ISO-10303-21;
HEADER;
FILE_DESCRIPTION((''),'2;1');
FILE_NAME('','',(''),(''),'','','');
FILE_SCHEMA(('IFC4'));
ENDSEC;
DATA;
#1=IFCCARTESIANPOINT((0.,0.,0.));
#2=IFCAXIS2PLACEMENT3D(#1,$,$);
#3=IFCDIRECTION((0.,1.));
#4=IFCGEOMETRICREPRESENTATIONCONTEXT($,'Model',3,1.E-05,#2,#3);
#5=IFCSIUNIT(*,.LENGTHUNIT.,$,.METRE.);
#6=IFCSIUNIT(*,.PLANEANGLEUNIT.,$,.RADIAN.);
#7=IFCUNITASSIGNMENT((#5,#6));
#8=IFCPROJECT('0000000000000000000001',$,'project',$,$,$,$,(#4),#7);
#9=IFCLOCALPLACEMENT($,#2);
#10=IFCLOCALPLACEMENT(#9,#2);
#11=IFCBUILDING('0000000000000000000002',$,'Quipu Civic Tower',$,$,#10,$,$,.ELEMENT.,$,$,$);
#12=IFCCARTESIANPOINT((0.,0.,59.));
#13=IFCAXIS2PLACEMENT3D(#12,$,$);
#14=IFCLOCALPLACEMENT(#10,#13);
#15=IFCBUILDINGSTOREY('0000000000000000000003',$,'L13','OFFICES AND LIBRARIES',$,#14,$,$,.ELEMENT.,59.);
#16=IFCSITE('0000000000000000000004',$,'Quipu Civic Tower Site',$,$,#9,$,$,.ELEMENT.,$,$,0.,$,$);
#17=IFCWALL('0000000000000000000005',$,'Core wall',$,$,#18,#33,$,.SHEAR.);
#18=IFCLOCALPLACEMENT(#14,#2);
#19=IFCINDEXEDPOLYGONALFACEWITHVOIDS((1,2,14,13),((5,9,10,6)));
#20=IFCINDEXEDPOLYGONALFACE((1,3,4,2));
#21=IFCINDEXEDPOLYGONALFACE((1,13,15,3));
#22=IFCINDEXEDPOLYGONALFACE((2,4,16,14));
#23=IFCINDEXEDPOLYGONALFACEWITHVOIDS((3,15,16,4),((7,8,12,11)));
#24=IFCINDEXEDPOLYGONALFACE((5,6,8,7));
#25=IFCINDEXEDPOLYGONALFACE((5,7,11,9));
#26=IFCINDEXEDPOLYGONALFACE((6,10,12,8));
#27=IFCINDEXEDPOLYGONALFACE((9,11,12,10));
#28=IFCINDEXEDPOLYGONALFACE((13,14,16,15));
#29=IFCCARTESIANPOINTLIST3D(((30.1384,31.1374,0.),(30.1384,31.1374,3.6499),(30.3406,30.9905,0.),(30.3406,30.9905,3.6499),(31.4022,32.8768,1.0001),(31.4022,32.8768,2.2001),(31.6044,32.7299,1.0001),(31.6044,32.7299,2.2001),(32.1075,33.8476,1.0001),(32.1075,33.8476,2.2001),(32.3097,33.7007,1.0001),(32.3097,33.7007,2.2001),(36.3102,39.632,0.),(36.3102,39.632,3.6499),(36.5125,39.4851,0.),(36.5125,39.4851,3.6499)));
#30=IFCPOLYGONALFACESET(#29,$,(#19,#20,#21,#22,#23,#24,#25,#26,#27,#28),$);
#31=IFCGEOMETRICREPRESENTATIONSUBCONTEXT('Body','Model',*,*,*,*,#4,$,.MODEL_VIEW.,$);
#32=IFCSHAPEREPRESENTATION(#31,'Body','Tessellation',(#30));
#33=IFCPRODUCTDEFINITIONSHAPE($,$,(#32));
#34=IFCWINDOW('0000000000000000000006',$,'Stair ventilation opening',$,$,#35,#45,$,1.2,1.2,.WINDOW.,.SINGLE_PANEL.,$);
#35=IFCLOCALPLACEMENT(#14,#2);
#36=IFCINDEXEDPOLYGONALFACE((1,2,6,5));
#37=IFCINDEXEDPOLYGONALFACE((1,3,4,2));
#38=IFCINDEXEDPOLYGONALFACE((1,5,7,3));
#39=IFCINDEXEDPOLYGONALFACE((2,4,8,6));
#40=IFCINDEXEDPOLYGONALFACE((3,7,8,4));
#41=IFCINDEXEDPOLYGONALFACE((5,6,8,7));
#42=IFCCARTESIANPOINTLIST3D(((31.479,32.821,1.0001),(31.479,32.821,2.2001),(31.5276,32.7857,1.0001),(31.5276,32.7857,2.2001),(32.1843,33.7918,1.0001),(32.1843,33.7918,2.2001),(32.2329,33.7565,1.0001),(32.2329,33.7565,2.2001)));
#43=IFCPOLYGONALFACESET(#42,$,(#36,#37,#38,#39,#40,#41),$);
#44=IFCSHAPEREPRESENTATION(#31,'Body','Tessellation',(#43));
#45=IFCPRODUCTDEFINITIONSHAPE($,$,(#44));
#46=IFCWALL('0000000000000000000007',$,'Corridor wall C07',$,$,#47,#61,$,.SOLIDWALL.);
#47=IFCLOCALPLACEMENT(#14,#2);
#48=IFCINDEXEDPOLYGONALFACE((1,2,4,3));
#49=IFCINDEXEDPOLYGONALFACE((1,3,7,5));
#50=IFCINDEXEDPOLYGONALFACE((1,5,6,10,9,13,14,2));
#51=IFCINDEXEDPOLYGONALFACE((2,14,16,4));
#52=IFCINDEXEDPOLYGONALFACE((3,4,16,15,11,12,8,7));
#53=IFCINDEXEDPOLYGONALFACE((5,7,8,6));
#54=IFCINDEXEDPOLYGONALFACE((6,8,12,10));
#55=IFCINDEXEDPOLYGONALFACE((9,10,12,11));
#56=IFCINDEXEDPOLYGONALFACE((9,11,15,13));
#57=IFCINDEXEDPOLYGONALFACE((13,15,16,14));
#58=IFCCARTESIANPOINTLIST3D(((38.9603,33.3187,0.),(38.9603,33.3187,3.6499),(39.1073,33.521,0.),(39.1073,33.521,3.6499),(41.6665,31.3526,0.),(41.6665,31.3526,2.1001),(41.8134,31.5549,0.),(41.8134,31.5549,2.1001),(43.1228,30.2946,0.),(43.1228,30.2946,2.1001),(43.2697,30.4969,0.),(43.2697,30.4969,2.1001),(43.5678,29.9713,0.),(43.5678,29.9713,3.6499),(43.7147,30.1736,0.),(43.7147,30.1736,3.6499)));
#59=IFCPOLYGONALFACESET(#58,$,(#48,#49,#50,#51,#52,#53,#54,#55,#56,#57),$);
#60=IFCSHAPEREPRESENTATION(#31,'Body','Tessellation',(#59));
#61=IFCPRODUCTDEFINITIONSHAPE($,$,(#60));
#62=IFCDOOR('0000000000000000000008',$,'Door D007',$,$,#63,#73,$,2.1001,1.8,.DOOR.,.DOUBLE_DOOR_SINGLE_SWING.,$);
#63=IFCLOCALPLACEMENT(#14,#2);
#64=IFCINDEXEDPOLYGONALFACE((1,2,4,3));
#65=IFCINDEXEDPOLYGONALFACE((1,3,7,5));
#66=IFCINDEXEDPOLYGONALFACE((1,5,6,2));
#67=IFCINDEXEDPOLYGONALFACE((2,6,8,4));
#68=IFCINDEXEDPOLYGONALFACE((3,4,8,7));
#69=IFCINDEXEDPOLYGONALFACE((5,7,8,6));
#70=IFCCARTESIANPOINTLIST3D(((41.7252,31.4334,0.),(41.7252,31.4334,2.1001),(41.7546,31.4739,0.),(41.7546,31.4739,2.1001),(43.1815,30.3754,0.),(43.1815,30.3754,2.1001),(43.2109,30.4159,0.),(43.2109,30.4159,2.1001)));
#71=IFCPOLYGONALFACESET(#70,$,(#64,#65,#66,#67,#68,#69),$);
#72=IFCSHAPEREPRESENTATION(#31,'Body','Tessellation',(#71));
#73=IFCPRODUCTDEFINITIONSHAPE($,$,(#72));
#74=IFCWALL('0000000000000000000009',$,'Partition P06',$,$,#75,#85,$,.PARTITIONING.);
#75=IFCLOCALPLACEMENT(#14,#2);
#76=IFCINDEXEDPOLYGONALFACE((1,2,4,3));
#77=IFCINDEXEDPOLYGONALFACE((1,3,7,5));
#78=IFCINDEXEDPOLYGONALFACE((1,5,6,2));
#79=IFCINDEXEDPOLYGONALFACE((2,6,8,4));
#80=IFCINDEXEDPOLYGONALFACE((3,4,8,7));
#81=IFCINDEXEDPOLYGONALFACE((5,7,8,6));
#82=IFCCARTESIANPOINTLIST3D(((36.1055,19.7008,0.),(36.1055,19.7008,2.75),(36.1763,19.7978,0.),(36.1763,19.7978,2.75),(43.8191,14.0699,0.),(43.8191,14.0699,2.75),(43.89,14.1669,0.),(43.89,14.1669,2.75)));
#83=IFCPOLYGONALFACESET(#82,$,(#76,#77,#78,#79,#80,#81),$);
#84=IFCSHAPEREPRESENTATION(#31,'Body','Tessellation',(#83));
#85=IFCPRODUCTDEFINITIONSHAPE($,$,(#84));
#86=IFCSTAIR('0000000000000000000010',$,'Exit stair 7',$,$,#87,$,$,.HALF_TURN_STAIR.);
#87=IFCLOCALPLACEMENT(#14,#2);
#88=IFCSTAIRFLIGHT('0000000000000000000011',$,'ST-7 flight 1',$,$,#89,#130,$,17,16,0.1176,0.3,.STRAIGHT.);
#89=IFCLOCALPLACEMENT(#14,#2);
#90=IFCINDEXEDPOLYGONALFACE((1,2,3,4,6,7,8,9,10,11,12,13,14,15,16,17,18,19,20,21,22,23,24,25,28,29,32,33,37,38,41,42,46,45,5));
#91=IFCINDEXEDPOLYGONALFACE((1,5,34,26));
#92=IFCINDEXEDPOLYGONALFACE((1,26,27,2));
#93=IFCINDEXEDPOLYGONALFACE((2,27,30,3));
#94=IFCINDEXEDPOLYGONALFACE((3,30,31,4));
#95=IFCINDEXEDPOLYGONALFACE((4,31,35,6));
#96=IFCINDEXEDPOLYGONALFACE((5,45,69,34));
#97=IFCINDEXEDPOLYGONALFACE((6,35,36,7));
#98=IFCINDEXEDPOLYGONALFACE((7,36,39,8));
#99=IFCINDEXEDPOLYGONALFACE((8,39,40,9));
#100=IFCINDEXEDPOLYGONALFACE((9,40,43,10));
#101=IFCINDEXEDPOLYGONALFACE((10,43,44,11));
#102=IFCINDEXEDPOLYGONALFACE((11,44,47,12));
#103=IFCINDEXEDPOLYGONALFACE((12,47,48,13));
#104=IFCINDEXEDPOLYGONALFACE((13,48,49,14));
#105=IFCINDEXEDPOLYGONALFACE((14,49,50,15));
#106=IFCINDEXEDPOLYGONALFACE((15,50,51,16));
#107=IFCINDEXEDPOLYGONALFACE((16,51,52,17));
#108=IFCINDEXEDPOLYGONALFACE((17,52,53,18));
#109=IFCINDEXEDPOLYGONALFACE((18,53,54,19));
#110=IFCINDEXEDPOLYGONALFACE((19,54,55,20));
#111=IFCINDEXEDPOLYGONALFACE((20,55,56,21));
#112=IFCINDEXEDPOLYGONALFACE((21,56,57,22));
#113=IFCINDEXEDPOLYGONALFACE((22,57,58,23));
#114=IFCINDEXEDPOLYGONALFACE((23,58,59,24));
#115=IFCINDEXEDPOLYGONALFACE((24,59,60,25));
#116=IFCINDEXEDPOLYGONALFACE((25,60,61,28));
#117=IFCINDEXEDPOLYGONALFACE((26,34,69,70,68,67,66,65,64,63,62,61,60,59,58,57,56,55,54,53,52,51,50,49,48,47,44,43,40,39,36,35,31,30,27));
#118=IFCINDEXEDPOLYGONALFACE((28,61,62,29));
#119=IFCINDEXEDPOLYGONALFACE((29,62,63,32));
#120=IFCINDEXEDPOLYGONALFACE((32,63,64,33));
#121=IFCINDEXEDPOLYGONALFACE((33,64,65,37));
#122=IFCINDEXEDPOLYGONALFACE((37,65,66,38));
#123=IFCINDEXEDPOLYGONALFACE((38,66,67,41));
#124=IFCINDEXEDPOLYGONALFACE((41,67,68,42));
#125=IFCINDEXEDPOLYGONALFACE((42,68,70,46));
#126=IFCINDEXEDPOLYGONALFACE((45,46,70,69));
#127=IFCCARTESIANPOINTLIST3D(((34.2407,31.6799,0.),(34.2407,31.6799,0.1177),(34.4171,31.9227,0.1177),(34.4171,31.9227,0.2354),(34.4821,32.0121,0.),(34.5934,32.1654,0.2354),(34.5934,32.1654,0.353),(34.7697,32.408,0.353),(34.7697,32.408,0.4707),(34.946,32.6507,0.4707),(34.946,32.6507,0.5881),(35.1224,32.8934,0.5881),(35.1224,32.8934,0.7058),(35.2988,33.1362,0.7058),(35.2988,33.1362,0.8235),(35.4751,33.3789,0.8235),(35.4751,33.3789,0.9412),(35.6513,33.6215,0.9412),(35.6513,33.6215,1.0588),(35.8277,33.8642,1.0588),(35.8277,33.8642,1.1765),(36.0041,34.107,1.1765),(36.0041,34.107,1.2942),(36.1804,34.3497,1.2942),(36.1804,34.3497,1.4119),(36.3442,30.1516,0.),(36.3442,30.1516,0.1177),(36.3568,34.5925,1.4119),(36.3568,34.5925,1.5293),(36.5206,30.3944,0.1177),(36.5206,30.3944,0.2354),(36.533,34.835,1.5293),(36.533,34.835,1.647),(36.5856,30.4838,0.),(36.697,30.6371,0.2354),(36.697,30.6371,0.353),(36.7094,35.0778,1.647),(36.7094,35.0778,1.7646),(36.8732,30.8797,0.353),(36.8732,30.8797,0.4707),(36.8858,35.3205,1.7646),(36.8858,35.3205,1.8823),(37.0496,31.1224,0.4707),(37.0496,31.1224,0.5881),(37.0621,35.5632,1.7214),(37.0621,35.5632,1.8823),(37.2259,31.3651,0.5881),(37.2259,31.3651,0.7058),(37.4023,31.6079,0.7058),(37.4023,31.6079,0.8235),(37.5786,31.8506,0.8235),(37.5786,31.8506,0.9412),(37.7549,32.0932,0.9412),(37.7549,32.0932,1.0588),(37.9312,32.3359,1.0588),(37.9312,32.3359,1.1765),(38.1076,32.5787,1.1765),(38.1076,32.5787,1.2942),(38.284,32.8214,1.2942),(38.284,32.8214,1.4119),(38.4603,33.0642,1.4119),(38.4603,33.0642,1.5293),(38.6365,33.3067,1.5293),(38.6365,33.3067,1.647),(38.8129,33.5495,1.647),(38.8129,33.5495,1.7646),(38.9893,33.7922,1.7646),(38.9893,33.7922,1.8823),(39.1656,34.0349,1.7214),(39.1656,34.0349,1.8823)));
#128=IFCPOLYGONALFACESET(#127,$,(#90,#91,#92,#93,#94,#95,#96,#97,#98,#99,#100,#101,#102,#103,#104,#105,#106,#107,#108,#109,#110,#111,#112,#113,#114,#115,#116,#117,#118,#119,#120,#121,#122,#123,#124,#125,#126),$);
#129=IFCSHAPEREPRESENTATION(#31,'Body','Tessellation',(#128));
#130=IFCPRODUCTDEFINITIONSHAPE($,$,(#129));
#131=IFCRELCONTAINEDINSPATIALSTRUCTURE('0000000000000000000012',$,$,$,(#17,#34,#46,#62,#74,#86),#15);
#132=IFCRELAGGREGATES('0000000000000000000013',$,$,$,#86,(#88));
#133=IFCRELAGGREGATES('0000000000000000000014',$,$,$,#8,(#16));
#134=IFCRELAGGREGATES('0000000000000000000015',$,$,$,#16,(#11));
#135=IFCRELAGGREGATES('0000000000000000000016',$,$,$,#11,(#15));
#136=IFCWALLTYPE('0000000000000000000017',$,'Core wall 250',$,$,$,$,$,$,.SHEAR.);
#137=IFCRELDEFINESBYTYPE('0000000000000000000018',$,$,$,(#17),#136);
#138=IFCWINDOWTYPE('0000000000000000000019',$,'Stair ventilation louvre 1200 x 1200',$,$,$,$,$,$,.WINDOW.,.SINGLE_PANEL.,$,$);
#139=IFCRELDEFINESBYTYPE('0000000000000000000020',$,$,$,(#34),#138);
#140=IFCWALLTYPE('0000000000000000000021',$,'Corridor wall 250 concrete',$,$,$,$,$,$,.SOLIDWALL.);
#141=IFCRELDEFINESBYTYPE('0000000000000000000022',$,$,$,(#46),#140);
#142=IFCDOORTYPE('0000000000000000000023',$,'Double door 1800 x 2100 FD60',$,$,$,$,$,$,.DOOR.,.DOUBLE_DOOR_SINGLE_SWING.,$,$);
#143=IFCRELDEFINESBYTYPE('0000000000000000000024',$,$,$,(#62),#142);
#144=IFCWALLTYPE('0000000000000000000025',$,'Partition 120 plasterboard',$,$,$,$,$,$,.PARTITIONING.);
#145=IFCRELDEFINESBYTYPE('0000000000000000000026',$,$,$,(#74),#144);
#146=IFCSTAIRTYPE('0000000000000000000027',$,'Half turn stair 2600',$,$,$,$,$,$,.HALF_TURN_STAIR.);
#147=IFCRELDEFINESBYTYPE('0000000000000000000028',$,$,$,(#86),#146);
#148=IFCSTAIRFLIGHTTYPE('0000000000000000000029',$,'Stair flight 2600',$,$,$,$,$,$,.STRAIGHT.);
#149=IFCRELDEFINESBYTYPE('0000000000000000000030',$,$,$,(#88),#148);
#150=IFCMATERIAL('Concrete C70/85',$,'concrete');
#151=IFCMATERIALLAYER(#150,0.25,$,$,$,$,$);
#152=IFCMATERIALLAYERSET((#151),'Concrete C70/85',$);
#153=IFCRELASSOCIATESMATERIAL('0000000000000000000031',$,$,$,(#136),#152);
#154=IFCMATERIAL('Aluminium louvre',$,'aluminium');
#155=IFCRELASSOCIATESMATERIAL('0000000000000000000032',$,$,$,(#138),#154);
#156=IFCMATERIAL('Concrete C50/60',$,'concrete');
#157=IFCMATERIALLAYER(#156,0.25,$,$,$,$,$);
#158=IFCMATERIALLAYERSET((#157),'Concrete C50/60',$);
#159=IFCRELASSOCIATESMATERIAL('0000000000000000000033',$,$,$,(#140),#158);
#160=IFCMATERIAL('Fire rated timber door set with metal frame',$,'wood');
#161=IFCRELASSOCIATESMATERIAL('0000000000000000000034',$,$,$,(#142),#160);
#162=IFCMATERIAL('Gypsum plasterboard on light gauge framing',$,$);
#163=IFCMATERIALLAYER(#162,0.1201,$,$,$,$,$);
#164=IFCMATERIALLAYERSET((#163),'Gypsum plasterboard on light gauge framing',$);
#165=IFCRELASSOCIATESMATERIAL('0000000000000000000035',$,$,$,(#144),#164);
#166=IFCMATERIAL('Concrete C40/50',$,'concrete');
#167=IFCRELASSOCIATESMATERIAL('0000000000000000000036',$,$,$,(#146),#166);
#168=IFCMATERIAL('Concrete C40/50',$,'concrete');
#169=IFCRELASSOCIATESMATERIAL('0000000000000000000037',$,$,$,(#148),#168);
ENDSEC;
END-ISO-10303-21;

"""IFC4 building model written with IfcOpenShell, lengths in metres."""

from ifc_helpers import new_model, si_unit, direction, frame, frame_2d, origin, place, context, subcontext, project, spatial, polyline, rectangle, outline, extrude, material, layer, layer_set, type_object, element, fill, aggregate, save


model = new_model("IFC4")

# Units and contexts
model_context = context("Model", 3, precision=1e-05, world=origin(), true_north=direction((0.0, 1.0)))
body_context = subcontext(model_context, "Body", "Model", "MODEL_VIEW")
ifc_project = project(units=[si_unit("LENGTHUNIT", "METRE"), si_unit("PLANEANGLEUNIT", "RADIAN")], contexts=[model_context])

# Site, building, storey
site_placement = place(None, origin())
site = spatial("IfcSite", under=ifc_project, at=site_placement, Name="Quipu Civic Tower Site", CompositionType="ELEMENT", RefElevation=0.0)
building_placement = place(site_placement, origin())
building = spatial("IfcBuilding", under=site, at=building_placement, Name="Quipu Civic Tower", CompositionType="ELEMENT")
storey_placement = place(building_placement, frame((0.0, 0.0, 59.0)))
storey = spatial("IfcBuildingStorey", under=building, at=storey_placement, Name="L13", Description="OFFICES AND LIBRARIES", CompositionType="ELEMENT", Elevation=59.0)

# Shared definitions
ifc_material_1 = material(Name="Concrete C70/85", Category="concrete")
ifc_layer_1 = layer(ifc_material_1, 0.25)
ifc_layer_set_1 = layer_set([ifc_layer_1], Name="Concrete C70/85")
wall_type_1 = type_object("IfcWallType", Name="Core wall 250", PredefinedType="SHEAR", material=ifc_layer_set_1)

# Wall, opening, window
wall_1_placement = place(storey_placement, frame((30.2395, 31.064, 0.0), z_axis=(0.0, 0.0, 1.0), x_axis=(0.587796, 0.809009, 0.0)))
wall_1 = element("IfcWall", 1, at=wall_1_placement, inside=storey, type_object=wall_type_1, Name="Core wall", PredefinedType="SHEAR", context=body_context, shape_type="SweptSolid", body=[
    extrude(rectangle(XDim=10.5, YDim=0.25, at=frame_2d((5.25, 0.0))), origin(), (0.0, 0.0, 1.0), 3.6499),
])
opening_1_placement = place(wall_1_placement, frame((2.1499, 0.0, 1.0)))
opening_1 = element("IfcOpeningElement", 2, at=opening_1_placement, cuts=wall_1, PredefinedType="OPENING", context=body_context, shape_type="SweptSolid", body=[
    extrude(rectangle(XDim=1.2, YDim=1.2, at=frame_2d((0.6001, 0.6001))), frame((0.0, 0.135, 0.0), z_axis=(0.0, -1.0, 0.0), x_axis=(1.0, 0.0, 0.0)), (0.0, 0.0, 1.0), 0.27),
])
ifc_material_2 = material(Name="Aluminium louvre", Category="aluminium")
window_type = type_object("IfcWindowType", Name="Stair ventilation louvre 1200 x 1200", PartitioningType="SINGLE_PANEL", PredefinedType="WINDOW", material=ifc_material_2)
window_placement = place(opening_1_placement, origin())
window = element("IfcWindow", 3, at=window_placement, inside=storey, type_object=window_type, Name="Stair ventilation opening", OverallHeight=1.2, OverallWidth=1.2, PartitioningType="SINGLE_PANEL", PredefinedType="WINDOW", context=body_context, shape_type="SweptSolid", body=[
    extrude(rectangle(XDim=1.2, YDim=1.2, at=frame_2d((0.6001, 0.6001))), frame((0.0, 0.03, 0.0), z_axis=(0.0, -1.0, 0.0), x_axis=(1.0, 0.0, 0.0)), (0.0, 0.0, 1.0), 0.0601),
])
fill(opening_1, window)

# Wall, opening, door
ifc_material_3 = material(Name="Concrete C50/60", Category="concrete")
ifc_layer_2 = layer(ifc_material_3, 0.25)
ifc_layer_set_2 = layer_set([ifc_layer_2], Name="Concrete C50/60")
wall_type_2 = type_object("IfcWallType", Name="Corridor wall 250 concrete", PredefinedType="SOLIDWALL", material=ifc_layer_set_2)
wall_2_placement = place(storey_placement, frame((39.0337, 33.4199, 0.0), z_axis=(0.0, 0.0, 1.0), x_axis=(0.809023, -0.587777, 0.0)))
wall_2 = element("IfcWall", 4, at=wall_2_placement, inside=storey, type_object=wall_type_2, Name="Corridor wall C07", PredefinedType="SOLIDWALL", context=body_context, shape_type="SweptSolid", body=[
    extrude(rectangle(XDim=5.6951, YDim=0.25, at=frame_2d((2.8477, 0.0))), origin(), (0.0, 0.0, 1.0), 3.6499),
])
opening_2_placement = place(wall_2_placement, frame((3.3452, 0.0, 0.0)))
opening_2 = element("IfcOpeningElement", 5, at=opening_2_placement, cuts=wall_2, PredefinedType="OPENING", context=body_context, shape_type="SweptSolid", body=[
    extrude(rectangle(XDim=1.8, YDim=2.1001, at=frame_2d((0.8999, 1.05))), frame((0.0, 0.135, 0.0), z_axis=(0.0, -1.0, 0.0), x_axis=(1.0, 0.0, 0.0)), (0.0, 0.0, 1.0), 0.27),
])
ifc_material_4 = material(Name="Fire rated timber door set with metal frame", Category="wood")
door_type_1 = type_object("IfcDoorType", Name="Double door 1800 x 2100 FD60", OperationType="DOUBLE_DOOR_SINGLE_SWING", PredefinedType="DOOR", material=ifc_material_4)
door_1_placement = place(opening_2_placement, origin())
door_1 = element("IfcDoor", 6, at=door_1_placement, inside=storey, type_object=door_type_1, Name="Door D007", OperationType="DOUBLE_DOOR_SINGLE_SWING", OverallHeight=2.1001, OverallWidth=1.8, PredefinedType="DOOR", context=body_context, shape_type="SweptSolid", body=[
    extrude(rectangle(XDim=1.8, YDim=2.1001, at=frame_2d((0.8999, 1.05))), frame((0.0, 0.0249, 0.0), z_axis=(0.0, -1.0, 0.0), x_axis=(1.0, 0.0, 0.0)), (0.0, 0.0, 1.0), 0.05),
])
fill(opening_2, door_1)

# Wall
ifc_material_5 = material(Name="Gypsum plasterboard on light gauge framing")
ifc_layer_3 = layer(ifc_material_5, 0.1201)
ifc_layer_set_3 = layer_set([ifc_layer_3], Name="Gypsum plasterboard on light gauge framing")
wall_type_3 = type_object("IfcWallType", Name="Partition 120 plasterboard", PredefinedType="PARTITIONING", material=ifc_layer_set_3)
wall_3_placement = place(storey_placement, frame((36.1409, 19.7493, 0.0), z_axis=(0.0, 0.0, 1.0), x_axis=(0.807691, -0.589606, 0.0)))
element("IfcWall", 7, at=wall_3_placement, inside=storey, type_object=wall_type_3, Name="Partition P06", PredefinedType="PARTITIONING", context=body_context, shape_type="SweptSolid", body=[
    extrude(rectangle(XDim=9.5503, YDim=0.1201, at=frame_2d((4.7751, 0.0))), origin(), (0.0, 0.0, 1.0), 2.75),
])

# Stair, stair flight
ifc_material_6 = material(Name="Concrete C40/50", Category="concrete")
stair_type = type_object("IfcStairType", Name="Half turn stair 2600", PredefinedType="HALF_TURN_STAIR", material=ifc_material_6)
stair_placement = place(storey_placement, origin())
stair = element("IfcStair", 8, at=stair_placement, inside=storey, type_object=stair_type, Name="Exit stair 7", PredefinedType="HALF_TURN_STAIR")
ifc_material_7 = material(Name="Concrete C40/50", Category="concrete")
stair_flight_type = type_object("IfcStairFlightType", Name="Stair flight 2600", PredefinedType="STRAIGHT", material=ifc_material_7)
stair_flight_placement = place(storey_placement, frame((35.2925, 30.9158, 0.0), z_axis=(0.0, 0.0, 1.0), x_axis=(0.587785, 0.809017, 0.0)))
stair_flight = element("IfcStairFlight", 9, at=stair_flight_placement, type_object=stair_flight_type, Name="ST-7 flight 1", NumberOfRisers=17, NumberOfTreads=16, PredefinedType="STRAIGHT", RiserHeight=0.1176, TreadLength=0.3, context=body_context, shape_type="SweptSolid", body=[
    extrude(outline(polyline([(0.0, 0.0), (0.0, 0.1177), (0.3, 0.1177), (0.3, 0.2354), (0.6001, 0.2354), (0.6001, 0.353), (0.8999, 0.353), (0.8999, 0.4707), (1.2, 0.4707), (1.2, 0.5881), (1.5, 0.5881), (1.5, 0.7058), (1.8, 0.7058), (1.8, 0.8235), (2.1001, 0.8235), (2.1001, 0.9412), (2.3999, 0.9412), (2.3999, 1.0588), (2.7, 1.0588), (2.7, 1.1765), (3.0, 1.1765), (3.0, 1.2942), (3.3, 1.2942), (3.3, 1.4119), (3.6001, 1.4119), (3.6001, 1.5293), (3.8999, 1.5293), (3.8999, 1.647), (4.2, 1.647), (4.2, 1.7646), (4.5, 1.7646), (4.5, 1.8823), (4.8, 1.8823), (4.8, 2.0), (4.8, 1.7214), (0.4106, 0.0), (0.0, 0.0)])), frame((0.0, 1.3, 0.0), z_axis=(0.0, -1.0, 0.0), x_axis=(1.0, 0.0, 0.0)), (0.0, 0.0, 1.0), 2.6001),
])
aggregate(stair, [stair_flight])

save(model, "model.ifc")
